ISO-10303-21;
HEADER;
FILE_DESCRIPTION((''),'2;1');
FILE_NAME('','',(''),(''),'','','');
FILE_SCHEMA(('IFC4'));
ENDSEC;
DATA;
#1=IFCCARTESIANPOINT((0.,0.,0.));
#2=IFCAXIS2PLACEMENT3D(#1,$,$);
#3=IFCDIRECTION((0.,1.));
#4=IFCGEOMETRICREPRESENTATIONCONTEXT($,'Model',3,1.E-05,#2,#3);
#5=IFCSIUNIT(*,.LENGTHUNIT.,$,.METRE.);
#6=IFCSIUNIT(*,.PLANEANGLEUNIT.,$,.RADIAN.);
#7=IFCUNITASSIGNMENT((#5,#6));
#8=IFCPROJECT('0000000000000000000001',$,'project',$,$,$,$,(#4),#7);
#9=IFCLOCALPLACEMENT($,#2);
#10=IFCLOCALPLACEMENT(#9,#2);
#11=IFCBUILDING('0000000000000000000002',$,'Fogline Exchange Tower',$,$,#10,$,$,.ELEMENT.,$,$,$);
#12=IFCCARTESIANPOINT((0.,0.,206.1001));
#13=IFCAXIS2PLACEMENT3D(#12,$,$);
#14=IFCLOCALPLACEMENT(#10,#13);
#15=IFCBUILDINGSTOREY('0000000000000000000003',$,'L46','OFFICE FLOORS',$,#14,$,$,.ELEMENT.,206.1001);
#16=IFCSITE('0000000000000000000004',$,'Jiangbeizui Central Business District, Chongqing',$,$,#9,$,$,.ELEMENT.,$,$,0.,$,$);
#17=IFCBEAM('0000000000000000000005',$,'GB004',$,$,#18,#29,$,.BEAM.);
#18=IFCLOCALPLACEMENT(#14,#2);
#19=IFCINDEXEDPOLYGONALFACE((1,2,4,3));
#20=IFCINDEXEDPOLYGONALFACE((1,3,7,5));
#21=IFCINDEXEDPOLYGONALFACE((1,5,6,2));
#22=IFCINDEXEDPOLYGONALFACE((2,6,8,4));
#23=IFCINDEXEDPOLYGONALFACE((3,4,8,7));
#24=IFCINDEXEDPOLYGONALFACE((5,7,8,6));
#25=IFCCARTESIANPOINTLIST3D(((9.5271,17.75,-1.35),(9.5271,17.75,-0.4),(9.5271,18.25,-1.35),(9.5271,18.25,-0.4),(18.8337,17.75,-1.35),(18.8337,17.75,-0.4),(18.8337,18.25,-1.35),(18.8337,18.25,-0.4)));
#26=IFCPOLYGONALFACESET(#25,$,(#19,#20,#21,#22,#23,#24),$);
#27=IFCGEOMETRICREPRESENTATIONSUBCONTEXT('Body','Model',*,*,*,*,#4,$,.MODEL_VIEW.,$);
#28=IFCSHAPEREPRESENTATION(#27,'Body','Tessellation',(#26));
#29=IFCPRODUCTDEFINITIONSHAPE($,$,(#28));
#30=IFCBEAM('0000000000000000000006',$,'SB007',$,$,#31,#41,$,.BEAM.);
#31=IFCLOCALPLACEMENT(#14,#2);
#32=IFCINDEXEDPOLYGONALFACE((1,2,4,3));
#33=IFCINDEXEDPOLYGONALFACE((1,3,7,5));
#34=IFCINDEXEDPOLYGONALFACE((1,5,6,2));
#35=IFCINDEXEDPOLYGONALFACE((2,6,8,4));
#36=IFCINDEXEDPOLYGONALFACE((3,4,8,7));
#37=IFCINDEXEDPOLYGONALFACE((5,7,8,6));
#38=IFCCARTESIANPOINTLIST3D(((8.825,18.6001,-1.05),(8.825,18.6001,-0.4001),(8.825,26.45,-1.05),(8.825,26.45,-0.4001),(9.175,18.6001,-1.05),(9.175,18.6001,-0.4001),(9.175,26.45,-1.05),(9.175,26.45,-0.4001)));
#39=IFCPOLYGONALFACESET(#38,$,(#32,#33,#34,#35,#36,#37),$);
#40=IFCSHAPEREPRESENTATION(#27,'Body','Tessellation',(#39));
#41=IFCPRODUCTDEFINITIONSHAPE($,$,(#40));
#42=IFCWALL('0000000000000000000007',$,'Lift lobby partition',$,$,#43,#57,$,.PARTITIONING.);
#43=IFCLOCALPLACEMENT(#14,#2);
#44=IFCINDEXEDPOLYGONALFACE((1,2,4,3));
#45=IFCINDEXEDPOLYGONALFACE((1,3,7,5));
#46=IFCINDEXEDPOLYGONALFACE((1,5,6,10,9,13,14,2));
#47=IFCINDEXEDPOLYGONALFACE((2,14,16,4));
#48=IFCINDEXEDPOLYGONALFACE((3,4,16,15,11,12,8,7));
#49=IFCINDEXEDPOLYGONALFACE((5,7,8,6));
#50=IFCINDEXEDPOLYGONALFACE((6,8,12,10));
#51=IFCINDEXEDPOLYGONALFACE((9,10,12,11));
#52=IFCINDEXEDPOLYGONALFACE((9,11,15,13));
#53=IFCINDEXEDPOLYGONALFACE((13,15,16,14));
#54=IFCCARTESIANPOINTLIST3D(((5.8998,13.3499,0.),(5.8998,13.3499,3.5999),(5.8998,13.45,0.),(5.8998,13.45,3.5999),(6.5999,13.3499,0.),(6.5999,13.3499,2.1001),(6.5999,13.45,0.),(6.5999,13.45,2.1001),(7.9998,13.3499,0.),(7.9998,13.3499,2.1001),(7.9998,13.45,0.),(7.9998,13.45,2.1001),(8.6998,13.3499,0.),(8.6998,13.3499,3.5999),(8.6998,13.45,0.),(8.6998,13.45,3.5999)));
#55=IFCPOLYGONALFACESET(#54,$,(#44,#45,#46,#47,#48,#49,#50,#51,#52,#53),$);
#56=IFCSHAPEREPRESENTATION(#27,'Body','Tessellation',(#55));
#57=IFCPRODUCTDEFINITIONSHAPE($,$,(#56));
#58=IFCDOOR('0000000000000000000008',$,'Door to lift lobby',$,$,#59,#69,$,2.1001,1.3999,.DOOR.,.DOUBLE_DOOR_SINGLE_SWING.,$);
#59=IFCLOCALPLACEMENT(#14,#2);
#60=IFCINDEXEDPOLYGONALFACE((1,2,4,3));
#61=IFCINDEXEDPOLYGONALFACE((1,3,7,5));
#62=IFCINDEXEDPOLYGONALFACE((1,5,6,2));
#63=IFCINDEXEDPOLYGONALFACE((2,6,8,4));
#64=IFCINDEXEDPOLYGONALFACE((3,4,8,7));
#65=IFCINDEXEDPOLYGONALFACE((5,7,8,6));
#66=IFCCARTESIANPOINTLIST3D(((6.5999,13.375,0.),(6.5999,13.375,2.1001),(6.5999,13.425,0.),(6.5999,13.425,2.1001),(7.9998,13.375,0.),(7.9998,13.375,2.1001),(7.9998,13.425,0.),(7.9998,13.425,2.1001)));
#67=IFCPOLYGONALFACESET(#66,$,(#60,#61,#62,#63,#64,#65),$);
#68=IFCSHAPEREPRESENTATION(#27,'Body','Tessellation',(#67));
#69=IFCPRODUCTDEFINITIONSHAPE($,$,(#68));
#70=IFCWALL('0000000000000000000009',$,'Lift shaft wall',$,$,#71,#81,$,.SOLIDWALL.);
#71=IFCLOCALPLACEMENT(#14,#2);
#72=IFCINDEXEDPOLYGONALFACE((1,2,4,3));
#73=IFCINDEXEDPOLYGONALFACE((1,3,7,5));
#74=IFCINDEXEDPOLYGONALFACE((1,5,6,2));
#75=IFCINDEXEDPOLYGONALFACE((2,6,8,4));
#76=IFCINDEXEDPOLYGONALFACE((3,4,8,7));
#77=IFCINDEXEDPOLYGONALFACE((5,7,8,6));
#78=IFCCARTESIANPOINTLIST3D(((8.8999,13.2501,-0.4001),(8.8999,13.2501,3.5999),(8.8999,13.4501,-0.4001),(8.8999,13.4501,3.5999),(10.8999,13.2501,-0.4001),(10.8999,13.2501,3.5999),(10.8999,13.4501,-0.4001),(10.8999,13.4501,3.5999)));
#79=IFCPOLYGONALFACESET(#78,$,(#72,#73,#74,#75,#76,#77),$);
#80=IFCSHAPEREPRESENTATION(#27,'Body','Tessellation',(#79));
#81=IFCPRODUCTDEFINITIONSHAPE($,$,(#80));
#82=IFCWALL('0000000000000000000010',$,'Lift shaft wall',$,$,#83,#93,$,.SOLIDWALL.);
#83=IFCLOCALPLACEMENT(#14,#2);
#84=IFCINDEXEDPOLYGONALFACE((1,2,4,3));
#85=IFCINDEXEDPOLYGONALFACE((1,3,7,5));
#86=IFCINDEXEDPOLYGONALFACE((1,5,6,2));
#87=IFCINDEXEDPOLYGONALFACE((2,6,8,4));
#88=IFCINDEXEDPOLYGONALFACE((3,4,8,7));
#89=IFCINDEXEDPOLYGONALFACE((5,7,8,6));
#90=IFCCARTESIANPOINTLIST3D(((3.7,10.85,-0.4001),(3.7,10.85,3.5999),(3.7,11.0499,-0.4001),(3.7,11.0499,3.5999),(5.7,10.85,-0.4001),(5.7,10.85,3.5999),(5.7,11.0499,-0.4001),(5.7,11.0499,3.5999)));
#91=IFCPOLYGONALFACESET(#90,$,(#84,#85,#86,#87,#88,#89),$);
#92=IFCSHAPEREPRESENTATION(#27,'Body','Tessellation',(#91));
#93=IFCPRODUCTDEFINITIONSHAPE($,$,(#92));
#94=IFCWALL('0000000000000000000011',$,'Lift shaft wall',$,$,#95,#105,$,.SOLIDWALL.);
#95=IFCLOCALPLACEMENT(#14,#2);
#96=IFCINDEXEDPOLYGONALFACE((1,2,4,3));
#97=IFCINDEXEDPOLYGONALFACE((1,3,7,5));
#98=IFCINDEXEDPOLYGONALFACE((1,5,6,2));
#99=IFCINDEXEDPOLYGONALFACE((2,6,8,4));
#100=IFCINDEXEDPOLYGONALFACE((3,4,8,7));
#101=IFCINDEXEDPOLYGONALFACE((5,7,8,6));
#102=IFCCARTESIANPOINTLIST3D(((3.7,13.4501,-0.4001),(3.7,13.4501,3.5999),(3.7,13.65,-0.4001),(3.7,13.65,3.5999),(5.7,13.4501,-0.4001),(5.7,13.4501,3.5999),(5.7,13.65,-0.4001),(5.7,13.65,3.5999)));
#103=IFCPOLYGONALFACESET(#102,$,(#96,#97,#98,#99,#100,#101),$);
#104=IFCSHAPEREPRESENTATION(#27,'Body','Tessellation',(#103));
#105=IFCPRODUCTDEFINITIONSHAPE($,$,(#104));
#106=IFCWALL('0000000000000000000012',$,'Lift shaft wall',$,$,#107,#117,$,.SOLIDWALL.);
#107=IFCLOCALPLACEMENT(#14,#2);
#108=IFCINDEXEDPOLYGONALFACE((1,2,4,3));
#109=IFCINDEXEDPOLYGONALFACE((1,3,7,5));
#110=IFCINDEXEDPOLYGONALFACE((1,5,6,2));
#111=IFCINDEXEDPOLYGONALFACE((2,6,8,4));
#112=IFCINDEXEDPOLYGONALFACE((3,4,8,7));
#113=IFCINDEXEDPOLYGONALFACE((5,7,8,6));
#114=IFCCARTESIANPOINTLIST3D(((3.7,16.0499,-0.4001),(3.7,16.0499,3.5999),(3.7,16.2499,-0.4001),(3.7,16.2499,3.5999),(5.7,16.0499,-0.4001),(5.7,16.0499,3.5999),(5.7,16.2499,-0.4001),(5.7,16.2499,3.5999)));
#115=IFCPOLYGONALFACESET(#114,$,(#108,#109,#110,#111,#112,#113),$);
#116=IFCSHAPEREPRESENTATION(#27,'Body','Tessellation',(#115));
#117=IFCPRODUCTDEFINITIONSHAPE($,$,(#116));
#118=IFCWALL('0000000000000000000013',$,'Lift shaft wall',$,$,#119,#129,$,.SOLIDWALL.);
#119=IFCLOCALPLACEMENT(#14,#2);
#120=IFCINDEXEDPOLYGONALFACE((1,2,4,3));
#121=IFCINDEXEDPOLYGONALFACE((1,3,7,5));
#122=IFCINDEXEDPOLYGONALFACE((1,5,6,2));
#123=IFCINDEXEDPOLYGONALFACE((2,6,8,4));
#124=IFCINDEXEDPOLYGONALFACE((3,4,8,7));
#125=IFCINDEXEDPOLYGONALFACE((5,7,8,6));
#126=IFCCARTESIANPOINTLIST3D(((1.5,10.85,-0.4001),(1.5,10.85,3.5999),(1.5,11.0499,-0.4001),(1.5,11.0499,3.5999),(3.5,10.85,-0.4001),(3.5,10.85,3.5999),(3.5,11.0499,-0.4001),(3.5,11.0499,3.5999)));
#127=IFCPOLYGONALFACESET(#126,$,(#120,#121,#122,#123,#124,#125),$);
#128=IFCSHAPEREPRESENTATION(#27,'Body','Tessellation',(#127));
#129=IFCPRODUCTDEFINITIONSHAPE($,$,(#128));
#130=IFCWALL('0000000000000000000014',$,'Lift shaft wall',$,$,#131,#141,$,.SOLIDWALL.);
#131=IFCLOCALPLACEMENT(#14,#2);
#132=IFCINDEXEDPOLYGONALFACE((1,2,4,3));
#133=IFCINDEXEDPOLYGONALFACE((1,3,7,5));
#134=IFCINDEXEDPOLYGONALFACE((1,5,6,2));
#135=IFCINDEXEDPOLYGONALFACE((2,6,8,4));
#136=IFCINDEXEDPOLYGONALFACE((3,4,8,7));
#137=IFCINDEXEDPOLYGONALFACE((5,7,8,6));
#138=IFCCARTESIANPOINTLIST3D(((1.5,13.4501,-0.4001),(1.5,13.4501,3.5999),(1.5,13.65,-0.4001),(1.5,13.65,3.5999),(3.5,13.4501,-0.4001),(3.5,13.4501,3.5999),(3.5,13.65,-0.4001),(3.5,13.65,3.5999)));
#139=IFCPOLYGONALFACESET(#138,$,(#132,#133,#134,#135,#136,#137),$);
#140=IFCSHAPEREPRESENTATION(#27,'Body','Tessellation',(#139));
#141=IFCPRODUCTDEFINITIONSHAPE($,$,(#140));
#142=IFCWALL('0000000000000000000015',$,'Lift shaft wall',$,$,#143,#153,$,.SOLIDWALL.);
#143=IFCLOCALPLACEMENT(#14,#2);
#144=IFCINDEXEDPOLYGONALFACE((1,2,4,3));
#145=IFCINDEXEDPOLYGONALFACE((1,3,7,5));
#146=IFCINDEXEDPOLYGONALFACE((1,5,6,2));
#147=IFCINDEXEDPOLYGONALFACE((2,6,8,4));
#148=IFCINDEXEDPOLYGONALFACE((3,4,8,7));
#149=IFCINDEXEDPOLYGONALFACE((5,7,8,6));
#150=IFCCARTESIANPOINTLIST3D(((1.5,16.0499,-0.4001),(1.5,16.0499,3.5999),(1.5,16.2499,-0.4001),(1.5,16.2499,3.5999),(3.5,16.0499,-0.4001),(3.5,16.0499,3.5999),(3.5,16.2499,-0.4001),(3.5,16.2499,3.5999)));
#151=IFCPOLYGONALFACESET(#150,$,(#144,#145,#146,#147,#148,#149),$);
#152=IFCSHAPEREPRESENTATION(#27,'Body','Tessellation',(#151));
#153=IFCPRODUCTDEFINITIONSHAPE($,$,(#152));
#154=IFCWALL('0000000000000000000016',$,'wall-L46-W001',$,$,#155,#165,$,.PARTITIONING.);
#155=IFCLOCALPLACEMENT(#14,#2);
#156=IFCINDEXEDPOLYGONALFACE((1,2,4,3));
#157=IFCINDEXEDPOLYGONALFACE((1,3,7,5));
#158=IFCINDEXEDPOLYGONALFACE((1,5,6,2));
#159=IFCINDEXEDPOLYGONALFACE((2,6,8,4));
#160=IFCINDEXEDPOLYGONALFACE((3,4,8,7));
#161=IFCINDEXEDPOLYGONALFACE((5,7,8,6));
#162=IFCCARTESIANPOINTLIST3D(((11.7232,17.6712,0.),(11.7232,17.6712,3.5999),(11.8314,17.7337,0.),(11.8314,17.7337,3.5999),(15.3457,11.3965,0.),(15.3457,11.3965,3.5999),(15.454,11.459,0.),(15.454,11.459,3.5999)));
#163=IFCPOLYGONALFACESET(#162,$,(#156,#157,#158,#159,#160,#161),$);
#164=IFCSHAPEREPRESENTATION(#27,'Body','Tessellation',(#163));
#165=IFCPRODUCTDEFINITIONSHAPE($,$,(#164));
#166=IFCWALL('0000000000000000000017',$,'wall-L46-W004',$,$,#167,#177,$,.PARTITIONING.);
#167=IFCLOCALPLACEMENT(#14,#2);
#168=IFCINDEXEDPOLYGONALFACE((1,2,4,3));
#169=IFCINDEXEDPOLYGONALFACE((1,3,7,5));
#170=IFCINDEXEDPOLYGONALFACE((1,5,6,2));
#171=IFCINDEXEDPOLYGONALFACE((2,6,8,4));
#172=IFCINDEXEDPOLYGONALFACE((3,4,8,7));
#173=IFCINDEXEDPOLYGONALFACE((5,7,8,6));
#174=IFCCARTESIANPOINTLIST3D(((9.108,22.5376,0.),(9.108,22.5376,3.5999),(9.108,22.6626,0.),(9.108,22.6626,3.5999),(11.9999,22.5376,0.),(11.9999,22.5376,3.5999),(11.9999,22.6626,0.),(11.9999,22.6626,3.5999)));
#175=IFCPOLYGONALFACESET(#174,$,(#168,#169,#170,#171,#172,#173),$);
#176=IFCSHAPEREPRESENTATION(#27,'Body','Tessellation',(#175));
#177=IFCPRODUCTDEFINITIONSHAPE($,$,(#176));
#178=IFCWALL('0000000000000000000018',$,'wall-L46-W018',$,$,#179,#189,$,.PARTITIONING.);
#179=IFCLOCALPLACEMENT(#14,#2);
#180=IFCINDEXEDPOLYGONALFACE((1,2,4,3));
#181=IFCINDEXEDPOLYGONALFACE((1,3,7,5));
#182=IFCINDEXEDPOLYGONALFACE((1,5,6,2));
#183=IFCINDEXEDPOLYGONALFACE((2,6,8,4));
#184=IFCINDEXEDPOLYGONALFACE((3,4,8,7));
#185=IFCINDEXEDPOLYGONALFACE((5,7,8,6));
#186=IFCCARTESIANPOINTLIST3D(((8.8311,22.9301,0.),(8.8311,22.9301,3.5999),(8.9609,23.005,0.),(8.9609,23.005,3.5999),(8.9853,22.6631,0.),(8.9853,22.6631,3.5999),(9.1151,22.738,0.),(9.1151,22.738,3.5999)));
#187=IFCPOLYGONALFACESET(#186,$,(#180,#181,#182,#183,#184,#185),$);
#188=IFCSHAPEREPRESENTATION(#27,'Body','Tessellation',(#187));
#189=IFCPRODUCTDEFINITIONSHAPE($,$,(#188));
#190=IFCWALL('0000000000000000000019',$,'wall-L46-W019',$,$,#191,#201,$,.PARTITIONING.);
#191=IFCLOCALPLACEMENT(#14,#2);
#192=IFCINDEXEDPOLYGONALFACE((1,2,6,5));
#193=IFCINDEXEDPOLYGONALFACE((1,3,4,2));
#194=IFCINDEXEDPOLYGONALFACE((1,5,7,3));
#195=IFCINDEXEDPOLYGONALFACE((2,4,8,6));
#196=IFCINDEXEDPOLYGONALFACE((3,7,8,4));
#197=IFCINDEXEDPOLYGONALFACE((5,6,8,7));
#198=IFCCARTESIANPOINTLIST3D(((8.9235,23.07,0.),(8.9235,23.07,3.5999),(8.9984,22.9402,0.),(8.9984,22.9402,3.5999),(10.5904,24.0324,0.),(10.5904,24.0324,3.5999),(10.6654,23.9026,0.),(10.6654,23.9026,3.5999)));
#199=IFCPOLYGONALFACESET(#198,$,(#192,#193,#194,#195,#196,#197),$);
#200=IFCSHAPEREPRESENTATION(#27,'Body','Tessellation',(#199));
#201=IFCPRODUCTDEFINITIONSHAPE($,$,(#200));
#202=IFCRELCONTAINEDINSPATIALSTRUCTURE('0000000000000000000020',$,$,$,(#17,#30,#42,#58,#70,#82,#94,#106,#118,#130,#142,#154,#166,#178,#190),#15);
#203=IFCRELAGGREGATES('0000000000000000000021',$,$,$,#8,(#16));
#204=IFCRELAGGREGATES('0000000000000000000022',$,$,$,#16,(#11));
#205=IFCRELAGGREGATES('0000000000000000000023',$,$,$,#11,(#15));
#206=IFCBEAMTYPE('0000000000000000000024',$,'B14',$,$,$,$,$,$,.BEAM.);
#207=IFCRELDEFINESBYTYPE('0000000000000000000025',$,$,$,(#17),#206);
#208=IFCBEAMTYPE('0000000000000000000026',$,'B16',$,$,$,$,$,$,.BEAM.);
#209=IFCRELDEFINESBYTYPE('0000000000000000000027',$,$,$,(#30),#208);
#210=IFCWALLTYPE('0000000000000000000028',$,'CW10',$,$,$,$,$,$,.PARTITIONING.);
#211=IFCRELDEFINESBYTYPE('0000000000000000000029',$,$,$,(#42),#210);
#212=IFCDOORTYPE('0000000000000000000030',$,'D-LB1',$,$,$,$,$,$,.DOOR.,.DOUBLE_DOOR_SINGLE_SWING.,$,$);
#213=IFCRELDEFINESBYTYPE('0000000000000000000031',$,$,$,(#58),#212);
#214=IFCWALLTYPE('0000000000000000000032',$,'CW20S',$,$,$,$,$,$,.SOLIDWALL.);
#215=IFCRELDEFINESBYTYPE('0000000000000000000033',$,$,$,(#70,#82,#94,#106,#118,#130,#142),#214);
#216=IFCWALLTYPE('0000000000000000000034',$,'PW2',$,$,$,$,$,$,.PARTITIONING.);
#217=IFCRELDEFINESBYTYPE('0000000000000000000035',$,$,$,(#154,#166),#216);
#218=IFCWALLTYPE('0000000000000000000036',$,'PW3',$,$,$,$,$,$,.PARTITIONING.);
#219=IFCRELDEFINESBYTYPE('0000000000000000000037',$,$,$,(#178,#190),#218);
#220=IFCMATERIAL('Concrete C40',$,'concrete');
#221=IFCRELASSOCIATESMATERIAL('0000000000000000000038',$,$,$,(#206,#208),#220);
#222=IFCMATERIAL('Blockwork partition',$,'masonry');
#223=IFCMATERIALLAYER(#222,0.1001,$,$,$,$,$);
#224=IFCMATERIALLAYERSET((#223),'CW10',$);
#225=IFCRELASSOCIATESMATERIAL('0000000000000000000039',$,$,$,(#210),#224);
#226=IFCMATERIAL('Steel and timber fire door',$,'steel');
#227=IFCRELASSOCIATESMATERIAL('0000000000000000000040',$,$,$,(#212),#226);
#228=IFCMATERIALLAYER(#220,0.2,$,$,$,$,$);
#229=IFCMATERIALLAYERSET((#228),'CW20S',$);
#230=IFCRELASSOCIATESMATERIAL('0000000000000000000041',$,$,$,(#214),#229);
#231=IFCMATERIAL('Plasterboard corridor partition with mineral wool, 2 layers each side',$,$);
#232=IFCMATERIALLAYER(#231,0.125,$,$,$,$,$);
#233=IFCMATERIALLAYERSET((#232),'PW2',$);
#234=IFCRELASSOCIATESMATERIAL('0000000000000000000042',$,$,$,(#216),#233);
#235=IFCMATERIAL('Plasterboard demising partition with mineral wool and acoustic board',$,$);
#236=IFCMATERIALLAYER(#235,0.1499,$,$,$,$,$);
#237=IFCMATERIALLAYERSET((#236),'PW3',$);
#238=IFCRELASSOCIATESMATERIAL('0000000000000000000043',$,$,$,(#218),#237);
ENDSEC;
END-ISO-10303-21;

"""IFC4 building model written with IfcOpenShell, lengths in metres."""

from ifc_helpers import new_model, si_unit, direction, frame, frame_2d, origin, origin_2d, place, context, subcontext, project, spatial, rectangle, extrude, material, layer, layer_set, material_profile, profile_set, type_object, element, fill, save


model = new_model("IFC4")

# Units and contexts
model_context = context("Model", 3, precision=1e-05, world=origin(), true_north=direction((0.0, 1.0)))
body_context = subcontext(model_context, "Body", "Model", "MODEL_VIEW")
ifc_project = project(units=[si_unit("LENGTHUNIT", "METRE"), si_unit("PLANEANGLEUNIT", "RADIAN")], contexts=[model_context])

# Site, building, storey
site_placement = place(None, origin())
site = spatial("IfcSite", under=ifc_project, at=site_placement, Name="Jiangbeizui Central Business District, Chongqing", CompositionType="ELEMENT", RefElevation=0.0)
building_placement = place(site_placement, origin())
building = spatial("IfcBuilding", under=site, at=building_placement, Name="Fogline Exchange Tower", CompositionType="ELEMENT")
storey_placement = place(building_placement, frame((0.0, 0.0, 206.1001)))
storey = spatial("IfcBuildingStorey", under=building, at=storey_placement, Name="L46", Description="OFFICE FLOORS", CompositionType="ELEMENT", Elevation=206.1001)

# Beams
ifc_material_1 = material(Name="Concrete C40", Category="concrete")
ifc_material_profile_1 = material_profile(ifc_material_1, rectangle(XDim=0.5, YDim=0.95, at=origin_2d()), Name="RC 500x950")
ifc_profile_set_1 = profile_set([ifc_material_profile_1], Name="Concrete C40")
beam_type_1 = type_object("IfcBeamType", Name="B14", PredefinedType="BEAM", material=ifc_profile_set_1)
beam_1_placement = place(storey_placement, frame((9.5271, 18.0, -0.875), z_axis=(1.0, 0.0, 0.0), x_axis=(0.0, 1.0, 0.0)))
element("IfcBeam", 1, at=beam_1_placement, inside=storey, type_object=beam_type_1, Name="GB004", PredefinedType="BEAM", context=body_context, shape_type="SweptSolid", body=[
    extrude(rectangle(XDim=0.5, YDim=0.95, at=origin_2d()), origin(), (0.0, 0.0, 1.0), 9.3066),
])
ifc_material_profile_2 = material_profile(ifc_material_1, rectangle(XDim=0.3501, YDim=0.6499, at=origin_2d()), Name="RC 350x650")
ifc_profile_set_2 = profile_set([ifc_material_profile_2], Name="Concrete C40")
beam_type_2 = type_object("IfcBeamType", Name="B16", PredefinedType="BEAM", material=ifc_profile_set_2)
beam_2_placement = place(storey_placement, frame((9.0, 18.6001, -0.7251), z_axis=(0.0, 1.0, 0.0), x_axis=(-1.0, 0.0, 0.0)))
element("IfcBeam", 2, at=beam_2_placement, inside=storey, type_object=beam_type_2, Name="SB007", PredefinedType="BEAM", context=body_context, shape_type="SweptSolid", body=[
    extrude(rectangle(XDim=0.3501, YDim=0.6499, at=origin_2d()), origin(), (0.0, 0.0, 1.0), 7.8499),
])

# Wall, opening, door
ifc_material_2 = material(Name="Blockwork partition", Category="masonry")
ifc_layer_1 = layer(ifc_material_2, 0.1001)
ifc_layer_set_1 = layer_set([ifc_layer_1], Name="CW10")
wall_type_1 = type_object("IfcWallType", Name="CW10", PredefinedType="PARTITIONING", material=ifc_layer_set_1)
wall_1_placement = place(storey_placement, frame((5.8999, 13.3999, 0.0), z_axis=(0.0, 0.0, 1.0), x_axis=(1.0, 0.0, 0.0)))
wall_1 = element("IfcWall", 3, at=wall_1_placement, inside=storey, type_object=wall_type_1, Name="Lift lobby partition", PredefinedType="PARTITIONING", context=body_context, shape_type="SweptSolid", body=[
    extrude(rectangle(XDim=2.8, YDim=0.1001, at=frame_2d((1.3999, 0.0))), origin(), (0.0, 0.0, 1.0), 3.5999),
])
opening_1_placement = place(wall_1_placement, frame((0.7, 0.0, 0.0)))
opening_1 = element("IfcOpeningElement", 4, at=opening_1_placement, cuts=wall_1, PredefinedType="OPENING", context=body_context, shape_type="SweptSolid", body=[
    extrude(rectangle(XDim=1.3999, YDim=2.1001, at=frame_2d((0.7, 1.05))), frame((0.0, 0.0601, 0.0), z_axis=(0.0, -1.0, 0.0), x_axis=(1.0, 0.0, 0.0)), (0.0, 0.0, 1.0), 0.1201),
])
ifc_material_3 = material(Name="Steel and timber fire door", Category="steel")
door_type_1 = type_object("IfcDoorType", Name="D-LB1", OperationType="DOUBLE_DOOR_SINGLE_SWING", PredefinedType="DOOR", material=ifc_material_3)
door_1_placement = place(opening_1_placement, frame((1.3999, 0.0, 0.0), z_axis=(0.0, 0.0, 1.0), x_axis=(-1.0, 0.0, 0.0)))
door_1 = element("IfcDoor", 5, at=door_1_placement, inside=storey, type_object=door_type_1, Name="Door to lift lobby", OperationType="DOUBLE_DOOR_SINGLE_SWING", OverallHeight=2.1001, OverallWidth=1.3999, PredefinedType="DOOR", context=body_context, shape_type="SweptSolid", body=[
    extrude(rectangle(XDim=1.3999, YDim=2.1001, at=frame_2d((0.7, 1.05))), frame((0.0, 0.0249, 0.0), z_axis=(0.0, -1.0, 0.0), x_axis=(1.0, 0.0, 0.0)), (0.0, 0.0, 1.0), 0.05),
])
fill(opening_1, door_1)

# Walls
ifc_layer_2 = layer(ifc_material_1, 0.2)
ifc_layer_set_2 = layer_set([ifc_layer_2], Name="CW20S")
wall_type_2 = type_object("IfcWallType", Name="CW20S", PredefinedType="SOLIDWALL", material=ifc_layer_set_2)
for number, where, z_axis, x_axis, name in (
    (6, (8.8999, 13.3501, -0.4001), (0.0, 0.0, 1.0), (1.0, 0.0, 0.0), "Lift shaft wall"),
    (7, (3.7, 10.95, -0.4001), (0.0, 0.0, 1.0), (1.0, 0.0, 0.0), "Lift shaft wall"),
    (8, (3.7, 13.55, -0.4001), (0.0, 0.0, 1.0), (1.0, 0.0, 0.0), "Lift shaft wall"),
    (9, (3.7, 16.1499, -0.4001), (0.0, 0.0, 1.0), (1.0, 0.0, 0.0), "Lift shaft wall"),
    (10, (1.5, 10.95, -0.4001), (0.0, 0.0, 1.0), (1.0, 0.0, 0.0), "Lift shaft wall"),
    (11, (1.5, 13.55, -0.4001), (0.0, 0.0, 1.0), (1.0, 0.0, 0.0), "Lift shaft wall"),
    (12, (1.5, 16.1499, -0.4001), (0.0, 0.0, 1.0), (1.0, 0.0, 0.0), "Lift shaft wall"),
):
    element("IfcWall", number, at=place(storey_placement, frame(where, z_axis=z_axis, x_axis=x_axis)), inside=storey, type_object=wall_type_2, Name=name, PredefinedType="SOLIDWALL", context=body_context, shape_type="SweptSolid", body=[
        extrude(rectangle(XDim=2.0, YDim=0.2, at=frame_2d((1.0, 0.0))), origin(), (0.0, 0.0, 1.0), 4.0),
    ])
ifc_material_4 = material(Name="Plasterboard corridor partition with mineral wool, 2 layers each side")
ifc_layer_3 = layer(ifc_material_4, 0.125)
ifc_layer_set_3 = layer_set([ifc_layer_3], Name="PW2")
wall_type_3 = type_object("IfcWallType", Name="PW2", PredefinedType="PARTITIONING", material=ifc_layer_set_3)
wall_2_placement = place(storey_placement, frame((11.7773, 17.7024, 0.0), z_axis=(0.0, 0.0, 1.0), x_axis=(0.499988, -0.866032, 0.0)))
element("IfcWall", 13, at=wall_2_placement, inside=storey, type_object=wall_type_3, Name="wall-L46-W001", PredefinedType="PARTITIONING", context=body_context, shape_type="SweptSolid", body=[
    extrude(rectangle(XDim=7.2454, YDim=0.125, at=frame_2d((3.6226, 0.0))), origin(), (0.0, 0.0, 1.0), 3.5999),
])
wall_3_placement = place(storey_placement, frame((9.1082, 22.6001, 0.0), z_axis=(0.0, 0.0, 1.0), x_axis=(1.0, 0.0, 0.0)))
element("IfcWall", 14, at=wall_3_placement, inside=storey, type_object=wall_type_3, Name="wall-L46-W004", PredefinedType="PARTITIONING", context=body_context, shape_type="SweptSolid", body=[
    extrude(rectangle(XDim=2.8918, YDim=0.125, at=frame_2d((1.4458, 0.0))), origin(), (0.0, 0.0, 1.0), 3.5999),
])
ifc_material_5 = material(Name="Plasterboard demising partition with mineral wool and acoustic board")
ifc_layer_4 = layer(ifc_material_5, 0.1499)
ifc_layer_set_4 = layer_set([ifc_layer_4], Name="PW3")
wall_type_4 = type_object("IfcWallType", Name="PW3", PredefinedType="PARTITIONING", material=ifc_layer_set_4)
wall_4_placement = place(storey_placement, frame((9.0503, 22.7004, 0.0), z_axis=(0.0, 0.0, 1.0), x_axis=(-0.500225, 0.865896, 0.0)))
element("IfcWall", 15, at=wall_4_placement, inside=storey, type_object=wall_type_4, Name="wall-L46-W018", PredefinedType="PARTITIONING", context=body_context, shape_type="SweptSolid", body=[
    extrude(rectangle(XDim=0.3083, YDim=0.1499, at=frame_2d((0.1543, 0.0))), origin(), (0.0, 0.0, 1.0), 3.5999),
])
wall_5_placement = place(storey_placement, frame((8.9609, 23.0051, 0.0), z_axis=(0.0, 0.0, 1.0), x_axis=(0.866034, 0.499986, 0.0)))
element("IfcWall", 16, at=wall_5_placement, inside=storey, type_object=wall_type_4, Name="wall-L46-W019", PredefinedType="PARTITIONING", context=body_context, shape_type="SweptSolid", body=[
    extrude(rectangle(XDim=1.9248, YDim=0.1499, at=frame_2d((0.9624, 0.0))), origin(), (0.0, 0.0, 1.0), 3.5999),
])

save(model, "model.ifc")
